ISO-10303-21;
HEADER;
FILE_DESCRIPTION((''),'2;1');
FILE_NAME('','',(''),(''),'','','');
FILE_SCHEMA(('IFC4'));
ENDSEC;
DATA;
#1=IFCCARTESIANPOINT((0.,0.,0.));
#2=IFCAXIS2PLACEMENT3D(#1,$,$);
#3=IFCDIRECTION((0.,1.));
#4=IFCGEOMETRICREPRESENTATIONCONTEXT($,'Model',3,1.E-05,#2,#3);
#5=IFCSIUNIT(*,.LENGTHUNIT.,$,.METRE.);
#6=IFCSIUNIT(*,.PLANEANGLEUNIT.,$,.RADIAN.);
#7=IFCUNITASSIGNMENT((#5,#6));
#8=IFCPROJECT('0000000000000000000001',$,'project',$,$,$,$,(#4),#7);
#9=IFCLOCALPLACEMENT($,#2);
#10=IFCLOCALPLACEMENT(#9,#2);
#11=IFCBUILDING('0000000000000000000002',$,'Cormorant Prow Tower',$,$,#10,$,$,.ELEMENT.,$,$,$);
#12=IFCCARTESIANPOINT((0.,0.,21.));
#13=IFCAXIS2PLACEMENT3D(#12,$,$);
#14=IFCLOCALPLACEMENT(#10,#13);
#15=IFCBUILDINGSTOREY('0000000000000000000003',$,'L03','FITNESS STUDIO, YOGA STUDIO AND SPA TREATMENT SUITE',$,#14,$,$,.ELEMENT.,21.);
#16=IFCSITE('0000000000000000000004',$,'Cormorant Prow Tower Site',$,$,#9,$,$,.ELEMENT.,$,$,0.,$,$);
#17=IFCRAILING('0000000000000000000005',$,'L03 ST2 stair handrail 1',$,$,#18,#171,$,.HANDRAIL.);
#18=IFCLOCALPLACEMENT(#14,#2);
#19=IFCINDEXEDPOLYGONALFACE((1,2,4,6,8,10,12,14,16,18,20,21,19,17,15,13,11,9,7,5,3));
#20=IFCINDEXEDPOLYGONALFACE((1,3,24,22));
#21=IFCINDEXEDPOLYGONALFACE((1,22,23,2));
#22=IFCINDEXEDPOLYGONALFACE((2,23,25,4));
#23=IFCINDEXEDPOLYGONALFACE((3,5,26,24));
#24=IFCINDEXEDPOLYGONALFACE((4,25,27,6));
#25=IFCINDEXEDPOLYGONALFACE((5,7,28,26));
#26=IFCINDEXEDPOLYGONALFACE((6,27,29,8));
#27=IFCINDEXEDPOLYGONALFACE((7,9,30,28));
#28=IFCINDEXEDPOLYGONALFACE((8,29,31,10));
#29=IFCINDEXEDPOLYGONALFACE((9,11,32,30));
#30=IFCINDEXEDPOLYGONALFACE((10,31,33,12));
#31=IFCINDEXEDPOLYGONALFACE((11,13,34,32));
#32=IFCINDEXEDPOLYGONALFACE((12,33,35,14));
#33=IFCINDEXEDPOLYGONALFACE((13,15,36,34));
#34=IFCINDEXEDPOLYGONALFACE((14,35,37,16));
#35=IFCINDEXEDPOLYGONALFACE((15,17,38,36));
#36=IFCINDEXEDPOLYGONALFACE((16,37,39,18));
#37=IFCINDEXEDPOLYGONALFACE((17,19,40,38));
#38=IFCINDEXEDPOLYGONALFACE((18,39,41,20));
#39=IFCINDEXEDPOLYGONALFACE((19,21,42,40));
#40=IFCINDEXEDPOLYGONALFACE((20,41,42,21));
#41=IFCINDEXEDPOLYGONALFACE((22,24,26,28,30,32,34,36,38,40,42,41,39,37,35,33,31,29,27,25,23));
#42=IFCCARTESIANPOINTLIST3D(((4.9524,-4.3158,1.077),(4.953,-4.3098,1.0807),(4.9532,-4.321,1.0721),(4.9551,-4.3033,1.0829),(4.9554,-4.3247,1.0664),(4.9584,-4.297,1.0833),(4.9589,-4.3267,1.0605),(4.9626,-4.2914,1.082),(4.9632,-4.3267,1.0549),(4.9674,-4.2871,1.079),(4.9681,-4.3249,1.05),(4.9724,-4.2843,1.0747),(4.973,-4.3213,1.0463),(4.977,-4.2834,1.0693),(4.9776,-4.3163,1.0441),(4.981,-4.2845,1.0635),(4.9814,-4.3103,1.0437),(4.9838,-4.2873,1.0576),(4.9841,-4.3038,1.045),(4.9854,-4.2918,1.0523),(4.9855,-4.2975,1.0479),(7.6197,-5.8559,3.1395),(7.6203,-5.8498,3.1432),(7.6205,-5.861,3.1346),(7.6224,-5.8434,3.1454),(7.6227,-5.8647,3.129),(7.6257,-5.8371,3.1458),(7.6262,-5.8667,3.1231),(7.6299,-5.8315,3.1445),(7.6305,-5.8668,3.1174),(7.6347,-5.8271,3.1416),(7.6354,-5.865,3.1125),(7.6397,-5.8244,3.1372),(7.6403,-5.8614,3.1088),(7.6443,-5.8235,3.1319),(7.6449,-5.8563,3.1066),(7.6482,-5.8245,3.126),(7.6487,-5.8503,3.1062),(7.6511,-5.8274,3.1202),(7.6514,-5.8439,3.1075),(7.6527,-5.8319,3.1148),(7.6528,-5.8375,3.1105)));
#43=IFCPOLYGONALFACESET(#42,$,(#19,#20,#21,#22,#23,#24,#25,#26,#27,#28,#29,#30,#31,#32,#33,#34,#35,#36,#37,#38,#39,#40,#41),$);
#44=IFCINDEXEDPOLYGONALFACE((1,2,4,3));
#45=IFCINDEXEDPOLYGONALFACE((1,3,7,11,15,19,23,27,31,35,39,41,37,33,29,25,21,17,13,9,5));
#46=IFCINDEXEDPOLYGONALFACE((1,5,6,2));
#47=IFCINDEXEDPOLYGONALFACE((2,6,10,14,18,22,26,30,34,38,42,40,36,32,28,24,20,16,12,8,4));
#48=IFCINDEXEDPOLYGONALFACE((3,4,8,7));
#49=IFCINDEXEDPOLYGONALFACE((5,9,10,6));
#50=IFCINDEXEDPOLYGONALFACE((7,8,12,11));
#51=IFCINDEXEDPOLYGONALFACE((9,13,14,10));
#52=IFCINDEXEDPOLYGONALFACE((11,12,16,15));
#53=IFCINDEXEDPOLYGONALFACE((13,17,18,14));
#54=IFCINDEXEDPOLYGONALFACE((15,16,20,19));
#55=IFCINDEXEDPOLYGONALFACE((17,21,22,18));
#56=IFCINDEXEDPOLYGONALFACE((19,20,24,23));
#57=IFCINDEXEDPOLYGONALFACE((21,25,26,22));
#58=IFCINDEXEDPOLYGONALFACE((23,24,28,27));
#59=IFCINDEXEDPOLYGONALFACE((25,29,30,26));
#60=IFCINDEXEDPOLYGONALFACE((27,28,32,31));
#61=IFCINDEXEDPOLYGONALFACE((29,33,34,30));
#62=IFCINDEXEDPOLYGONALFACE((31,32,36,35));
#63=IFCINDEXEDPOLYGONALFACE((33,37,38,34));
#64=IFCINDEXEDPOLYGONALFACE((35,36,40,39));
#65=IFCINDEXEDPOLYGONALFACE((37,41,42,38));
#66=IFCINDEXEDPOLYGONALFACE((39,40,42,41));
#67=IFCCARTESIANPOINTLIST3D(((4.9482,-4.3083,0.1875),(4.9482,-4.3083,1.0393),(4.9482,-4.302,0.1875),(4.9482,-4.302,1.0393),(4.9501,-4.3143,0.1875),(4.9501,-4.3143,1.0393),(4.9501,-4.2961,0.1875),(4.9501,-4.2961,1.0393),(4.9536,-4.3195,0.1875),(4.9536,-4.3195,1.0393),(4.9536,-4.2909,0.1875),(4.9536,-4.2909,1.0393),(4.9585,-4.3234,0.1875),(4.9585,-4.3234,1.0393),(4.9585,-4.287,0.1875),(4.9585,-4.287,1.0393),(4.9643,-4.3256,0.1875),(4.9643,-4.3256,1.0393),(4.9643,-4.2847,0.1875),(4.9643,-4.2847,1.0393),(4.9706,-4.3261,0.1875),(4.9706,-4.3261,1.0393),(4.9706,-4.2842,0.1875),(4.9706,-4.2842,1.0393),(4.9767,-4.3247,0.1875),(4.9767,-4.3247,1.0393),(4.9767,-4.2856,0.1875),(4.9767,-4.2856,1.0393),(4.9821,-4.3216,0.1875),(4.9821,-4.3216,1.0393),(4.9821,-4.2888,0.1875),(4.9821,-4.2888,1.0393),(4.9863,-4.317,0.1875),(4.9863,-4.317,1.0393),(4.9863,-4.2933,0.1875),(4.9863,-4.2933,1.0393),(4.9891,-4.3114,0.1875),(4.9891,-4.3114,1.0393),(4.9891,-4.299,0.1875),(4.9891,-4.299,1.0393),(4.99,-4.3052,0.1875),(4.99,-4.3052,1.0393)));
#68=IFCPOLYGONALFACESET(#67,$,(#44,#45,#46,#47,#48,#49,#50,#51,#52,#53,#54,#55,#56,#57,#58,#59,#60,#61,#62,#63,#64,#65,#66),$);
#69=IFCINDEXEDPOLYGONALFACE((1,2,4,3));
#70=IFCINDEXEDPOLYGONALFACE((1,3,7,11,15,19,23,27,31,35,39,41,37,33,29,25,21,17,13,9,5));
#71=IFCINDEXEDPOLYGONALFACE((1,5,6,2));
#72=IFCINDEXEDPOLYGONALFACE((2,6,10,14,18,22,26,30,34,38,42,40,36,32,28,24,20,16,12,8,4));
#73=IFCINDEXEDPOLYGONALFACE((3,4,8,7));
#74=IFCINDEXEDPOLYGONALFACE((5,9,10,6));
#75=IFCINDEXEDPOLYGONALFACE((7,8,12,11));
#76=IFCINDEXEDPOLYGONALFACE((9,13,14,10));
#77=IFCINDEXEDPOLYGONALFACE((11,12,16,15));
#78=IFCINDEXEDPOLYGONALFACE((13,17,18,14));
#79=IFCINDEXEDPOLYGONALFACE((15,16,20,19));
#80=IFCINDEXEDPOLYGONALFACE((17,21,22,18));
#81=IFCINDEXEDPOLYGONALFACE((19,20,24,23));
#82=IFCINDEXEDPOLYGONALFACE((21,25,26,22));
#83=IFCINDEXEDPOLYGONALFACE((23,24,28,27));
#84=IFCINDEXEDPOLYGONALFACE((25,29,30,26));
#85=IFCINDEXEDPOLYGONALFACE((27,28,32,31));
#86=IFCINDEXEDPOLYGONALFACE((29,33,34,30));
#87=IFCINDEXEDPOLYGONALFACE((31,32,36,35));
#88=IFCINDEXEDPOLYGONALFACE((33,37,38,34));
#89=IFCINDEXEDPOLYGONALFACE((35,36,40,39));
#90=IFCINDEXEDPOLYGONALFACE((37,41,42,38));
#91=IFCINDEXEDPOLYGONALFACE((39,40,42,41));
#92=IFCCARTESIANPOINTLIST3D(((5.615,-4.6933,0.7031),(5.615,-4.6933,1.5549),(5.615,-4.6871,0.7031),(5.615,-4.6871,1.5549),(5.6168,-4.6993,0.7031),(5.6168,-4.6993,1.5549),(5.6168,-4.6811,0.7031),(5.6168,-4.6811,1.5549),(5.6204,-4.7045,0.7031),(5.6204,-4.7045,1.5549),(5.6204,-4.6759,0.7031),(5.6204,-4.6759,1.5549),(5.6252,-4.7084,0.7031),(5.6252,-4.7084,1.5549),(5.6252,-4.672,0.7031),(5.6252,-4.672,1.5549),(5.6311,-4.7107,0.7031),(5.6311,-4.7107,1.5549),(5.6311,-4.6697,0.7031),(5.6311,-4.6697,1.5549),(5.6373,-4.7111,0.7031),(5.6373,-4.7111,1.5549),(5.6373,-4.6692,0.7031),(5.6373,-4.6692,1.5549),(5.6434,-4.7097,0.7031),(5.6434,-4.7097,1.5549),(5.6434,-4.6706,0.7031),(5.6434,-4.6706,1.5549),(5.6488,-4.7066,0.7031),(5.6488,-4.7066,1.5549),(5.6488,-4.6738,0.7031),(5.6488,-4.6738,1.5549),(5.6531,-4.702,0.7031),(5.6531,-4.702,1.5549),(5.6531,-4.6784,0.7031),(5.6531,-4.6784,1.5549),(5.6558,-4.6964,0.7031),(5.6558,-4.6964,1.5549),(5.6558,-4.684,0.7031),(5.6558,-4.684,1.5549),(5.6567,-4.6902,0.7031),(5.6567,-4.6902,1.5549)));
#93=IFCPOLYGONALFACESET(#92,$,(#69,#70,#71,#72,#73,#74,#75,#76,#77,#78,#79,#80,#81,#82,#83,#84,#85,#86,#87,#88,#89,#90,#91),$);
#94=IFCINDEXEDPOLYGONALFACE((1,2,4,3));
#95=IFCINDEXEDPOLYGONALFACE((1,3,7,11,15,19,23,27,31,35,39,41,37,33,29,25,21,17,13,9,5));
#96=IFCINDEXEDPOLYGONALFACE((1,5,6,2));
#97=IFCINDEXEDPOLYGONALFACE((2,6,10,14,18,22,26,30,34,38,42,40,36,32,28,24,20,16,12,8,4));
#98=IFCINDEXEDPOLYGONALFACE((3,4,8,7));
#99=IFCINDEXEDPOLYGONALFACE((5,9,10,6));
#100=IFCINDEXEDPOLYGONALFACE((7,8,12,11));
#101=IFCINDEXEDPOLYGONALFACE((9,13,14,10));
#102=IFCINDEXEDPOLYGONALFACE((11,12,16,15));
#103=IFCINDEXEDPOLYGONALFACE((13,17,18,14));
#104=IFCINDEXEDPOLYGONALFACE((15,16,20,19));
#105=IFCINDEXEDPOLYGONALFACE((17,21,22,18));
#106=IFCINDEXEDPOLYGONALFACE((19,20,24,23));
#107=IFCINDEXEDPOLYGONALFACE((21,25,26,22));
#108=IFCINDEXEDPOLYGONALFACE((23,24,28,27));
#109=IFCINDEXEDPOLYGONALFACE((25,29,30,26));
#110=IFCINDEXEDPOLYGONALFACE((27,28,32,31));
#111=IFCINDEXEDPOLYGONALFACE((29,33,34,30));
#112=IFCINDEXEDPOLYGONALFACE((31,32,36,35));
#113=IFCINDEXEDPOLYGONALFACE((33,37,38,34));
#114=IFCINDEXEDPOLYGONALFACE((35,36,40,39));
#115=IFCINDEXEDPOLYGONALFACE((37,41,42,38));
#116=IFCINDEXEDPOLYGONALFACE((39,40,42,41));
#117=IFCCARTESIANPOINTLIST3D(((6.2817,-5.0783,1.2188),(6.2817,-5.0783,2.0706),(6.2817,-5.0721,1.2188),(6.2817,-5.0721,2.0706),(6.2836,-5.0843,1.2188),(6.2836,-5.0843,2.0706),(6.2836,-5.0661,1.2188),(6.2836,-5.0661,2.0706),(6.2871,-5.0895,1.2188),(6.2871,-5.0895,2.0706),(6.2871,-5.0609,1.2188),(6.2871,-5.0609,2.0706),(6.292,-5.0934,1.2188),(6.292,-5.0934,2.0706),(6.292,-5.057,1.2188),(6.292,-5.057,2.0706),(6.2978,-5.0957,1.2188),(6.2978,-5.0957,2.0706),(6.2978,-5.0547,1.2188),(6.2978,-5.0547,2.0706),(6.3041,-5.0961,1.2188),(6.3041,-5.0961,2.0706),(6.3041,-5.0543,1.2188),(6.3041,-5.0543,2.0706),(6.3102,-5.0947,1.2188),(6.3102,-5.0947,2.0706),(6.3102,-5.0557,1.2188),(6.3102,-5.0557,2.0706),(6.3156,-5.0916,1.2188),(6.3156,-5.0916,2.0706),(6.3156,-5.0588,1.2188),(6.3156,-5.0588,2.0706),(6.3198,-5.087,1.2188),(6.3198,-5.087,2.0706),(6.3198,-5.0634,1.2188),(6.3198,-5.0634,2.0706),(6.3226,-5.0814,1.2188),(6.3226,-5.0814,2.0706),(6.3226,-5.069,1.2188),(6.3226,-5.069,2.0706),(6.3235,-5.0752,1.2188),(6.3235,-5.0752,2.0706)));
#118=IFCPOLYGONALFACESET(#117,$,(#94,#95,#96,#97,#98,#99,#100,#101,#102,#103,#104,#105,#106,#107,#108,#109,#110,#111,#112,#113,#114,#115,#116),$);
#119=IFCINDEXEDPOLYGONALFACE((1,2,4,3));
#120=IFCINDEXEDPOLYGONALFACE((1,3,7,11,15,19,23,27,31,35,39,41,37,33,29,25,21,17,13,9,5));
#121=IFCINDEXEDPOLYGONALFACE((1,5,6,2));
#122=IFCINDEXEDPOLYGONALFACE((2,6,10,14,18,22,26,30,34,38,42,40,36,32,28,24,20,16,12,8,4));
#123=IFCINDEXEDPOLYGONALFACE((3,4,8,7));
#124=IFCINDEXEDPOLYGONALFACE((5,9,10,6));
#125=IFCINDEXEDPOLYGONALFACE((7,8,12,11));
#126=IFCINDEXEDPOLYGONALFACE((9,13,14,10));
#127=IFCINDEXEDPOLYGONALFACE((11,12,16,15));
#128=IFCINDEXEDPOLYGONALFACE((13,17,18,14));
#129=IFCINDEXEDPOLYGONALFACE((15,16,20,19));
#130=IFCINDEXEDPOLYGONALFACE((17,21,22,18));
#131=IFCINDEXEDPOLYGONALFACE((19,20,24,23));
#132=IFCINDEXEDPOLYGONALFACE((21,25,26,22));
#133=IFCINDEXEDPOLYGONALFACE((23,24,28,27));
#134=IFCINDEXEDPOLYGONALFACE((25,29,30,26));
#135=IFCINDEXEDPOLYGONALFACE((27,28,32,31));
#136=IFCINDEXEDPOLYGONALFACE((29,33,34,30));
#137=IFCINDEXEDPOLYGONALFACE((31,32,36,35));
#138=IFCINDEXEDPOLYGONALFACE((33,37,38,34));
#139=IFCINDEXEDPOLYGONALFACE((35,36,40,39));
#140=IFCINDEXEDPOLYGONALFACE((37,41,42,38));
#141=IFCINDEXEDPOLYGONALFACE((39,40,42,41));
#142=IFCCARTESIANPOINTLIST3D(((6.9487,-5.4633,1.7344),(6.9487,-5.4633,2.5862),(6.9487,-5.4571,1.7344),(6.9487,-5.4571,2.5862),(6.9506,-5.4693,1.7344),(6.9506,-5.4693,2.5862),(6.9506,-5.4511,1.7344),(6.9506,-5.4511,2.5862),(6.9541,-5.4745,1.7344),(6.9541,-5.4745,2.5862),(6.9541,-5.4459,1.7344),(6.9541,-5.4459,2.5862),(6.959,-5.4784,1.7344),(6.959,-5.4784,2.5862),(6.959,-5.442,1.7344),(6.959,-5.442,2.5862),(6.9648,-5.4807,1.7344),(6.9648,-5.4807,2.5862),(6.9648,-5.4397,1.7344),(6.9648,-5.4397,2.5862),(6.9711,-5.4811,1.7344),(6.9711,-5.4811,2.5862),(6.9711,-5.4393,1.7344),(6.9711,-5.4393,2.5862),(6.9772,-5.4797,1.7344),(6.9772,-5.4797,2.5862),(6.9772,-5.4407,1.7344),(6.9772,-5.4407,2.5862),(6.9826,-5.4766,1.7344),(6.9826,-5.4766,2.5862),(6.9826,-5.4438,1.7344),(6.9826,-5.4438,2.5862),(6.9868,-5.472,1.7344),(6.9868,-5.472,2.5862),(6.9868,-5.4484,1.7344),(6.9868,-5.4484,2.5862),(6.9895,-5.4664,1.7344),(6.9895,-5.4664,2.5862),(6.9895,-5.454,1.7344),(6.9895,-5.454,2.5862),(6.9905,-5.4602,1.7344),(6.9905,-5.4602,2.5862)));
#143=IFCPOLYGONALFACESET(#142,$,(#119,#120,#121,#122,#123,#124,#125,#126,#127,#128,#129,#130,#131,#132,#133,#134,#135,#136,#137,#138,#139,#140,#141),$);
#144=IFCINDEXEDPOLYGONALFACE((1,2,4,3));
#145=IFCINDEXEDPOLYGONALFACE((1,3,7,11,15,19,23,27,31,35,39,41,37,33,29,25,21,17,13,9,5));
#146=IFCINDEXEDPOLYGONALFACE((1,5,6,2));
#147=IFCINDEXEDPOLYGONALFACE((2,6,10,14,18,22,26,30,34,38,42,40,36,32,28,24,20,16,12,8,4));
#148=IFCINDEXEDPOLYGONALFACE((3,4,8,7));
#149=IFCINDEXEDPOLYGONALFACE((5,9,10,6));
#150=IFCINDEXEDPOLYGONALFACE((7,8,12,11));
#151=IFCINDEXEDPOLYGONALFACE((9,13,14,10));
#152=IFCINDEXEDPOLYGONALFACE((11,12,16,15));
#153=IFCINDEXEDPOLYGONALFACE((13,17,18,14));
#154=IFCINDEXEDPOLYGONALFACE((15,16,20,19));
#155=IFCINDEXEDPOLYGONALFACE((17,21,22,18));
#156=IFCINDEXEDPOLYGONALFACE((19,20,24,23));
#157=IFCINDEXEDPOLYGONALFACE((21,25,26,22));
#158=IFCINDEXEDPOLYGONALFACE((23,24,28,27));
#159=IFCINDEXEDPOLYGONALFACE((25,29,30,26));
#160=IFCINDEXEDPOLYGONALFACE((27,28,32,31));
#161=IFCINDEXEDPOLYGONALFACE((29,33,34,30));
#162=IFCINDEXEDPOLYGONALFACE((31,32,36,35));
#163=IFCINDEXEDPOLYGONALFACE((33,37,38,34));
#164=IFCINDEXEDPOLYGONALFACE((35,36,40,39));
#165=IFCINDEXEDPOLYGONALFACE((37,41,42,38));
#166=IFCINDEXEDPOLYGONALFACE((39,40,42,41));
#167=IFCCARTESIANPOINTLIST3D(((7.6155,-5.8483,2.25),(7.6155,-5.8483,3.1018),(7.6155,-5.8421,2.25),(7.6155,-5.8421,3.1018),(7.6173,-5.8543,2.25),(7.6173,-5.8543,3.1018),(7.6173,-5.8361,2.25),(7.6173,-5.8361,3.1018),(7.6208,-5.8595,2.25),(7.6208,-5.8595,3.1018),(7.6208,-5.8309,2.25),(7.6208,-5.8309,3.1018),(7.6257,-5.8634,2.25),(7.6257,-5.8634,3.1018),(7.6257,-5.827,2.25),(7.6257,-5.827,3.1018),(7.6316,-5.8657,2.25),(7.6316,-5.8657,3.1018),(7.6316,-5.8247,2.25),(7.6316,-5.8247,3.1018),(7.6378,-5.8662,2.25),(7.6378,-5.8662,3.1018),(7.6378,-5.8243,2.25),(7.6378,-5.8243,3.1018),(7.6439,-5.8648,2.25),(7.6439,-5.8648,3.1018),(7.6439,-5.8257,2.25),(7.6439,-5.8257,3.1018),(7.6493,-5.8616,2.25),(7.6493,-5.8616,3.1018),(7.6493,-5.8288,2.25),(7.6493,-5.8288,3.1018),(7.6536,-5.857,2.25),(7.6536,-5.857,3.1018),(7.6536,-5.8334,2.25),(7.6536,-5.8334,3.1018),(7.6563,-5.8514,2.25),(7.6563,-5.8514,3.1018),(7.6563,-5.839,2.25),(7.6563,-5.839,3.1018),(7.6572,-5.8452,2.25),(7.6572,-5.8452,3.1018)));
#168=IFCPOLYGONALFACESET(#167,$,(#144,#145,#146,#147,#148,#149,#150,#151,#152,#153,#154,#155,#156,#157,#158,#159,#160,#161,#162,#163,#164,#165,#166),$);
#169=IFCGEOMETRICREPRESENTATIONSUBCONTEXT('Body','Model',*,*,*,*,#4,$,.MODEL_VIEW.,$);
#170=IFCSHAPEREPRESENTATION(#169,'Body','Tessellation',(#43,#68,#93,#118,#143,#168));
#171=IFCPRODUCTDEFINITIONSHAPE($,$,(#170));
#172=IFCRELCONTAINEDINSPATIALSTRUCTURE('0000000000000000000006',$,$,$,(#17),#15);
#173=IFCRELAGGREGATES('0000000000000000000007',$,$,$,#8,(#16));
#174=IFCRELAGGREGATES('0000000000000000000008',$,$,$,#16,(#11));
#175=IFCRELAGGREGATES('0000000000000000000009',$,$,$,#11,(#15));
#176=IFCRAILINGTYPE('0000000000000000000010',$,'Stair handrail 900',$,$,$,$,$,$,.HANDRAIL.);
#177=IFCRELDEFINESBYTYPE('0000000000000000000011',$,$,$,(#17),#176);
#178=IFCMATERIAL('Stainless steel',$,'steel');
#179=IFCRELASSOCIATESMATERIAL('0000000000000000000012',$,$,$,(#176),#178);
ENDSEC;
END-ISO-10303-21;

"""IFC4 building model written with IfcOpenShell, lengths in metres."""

from ifc_helpers import new_model, si_unit, direction, frame, origin, origin_2d, place, context, subcontext, project, spatial, circle, extrude, material, type_object, element, save


model = new_model("IFC4")

# Units and contexts
model_context = context("Model", 3, precision=1e-05, world=origin(), true_north=direction((0.0, 1.0)))
body_context = subcontext(model_context, "Body", "Model", "MODEL_VIEW")
ifc_project = project(units=[si_unit("LENGTHUNIT", "METRE"), si_unit("PLANEANGLEUNIT", "RADIAN")], contexts=[model_context])

# Site, building, storey
site_placement = place(None, origin())
site = spatial("IfcSite", under=ifc_project, at=site_placement, Name="Cormorant Prow Tower Site", CompositionType="ELEMENT", RefElevation=0.0)
building_placement = place(site_placement, origin())
building = spatial("IfcBuilding", under=site, at=building_placement, Name="Cormorant Prow Tower", CompositionType="ELEMENT")
storey_placement = place(building_placement, frame((0.0, 0.0, 21.0)))
storey = spatial("IfcBuildingStorey", under=building, at=storey_placement, Name="L03", Description="FITNESS STUDIO, YOGA STUDIO AND SPA TREATMENT SUITE", CompositionType="ELEMENT", Elevation=21.0)

# Railing
ifc_material_1 = material(Name="Stainless steel", Category="steel")
railing_type_1 = type_object("IfcRailingType", Name="Stair handrail 900", PredefinedType="HANDRAIL", material=ifc_material_1)
railing_1_placement = place(storey_placement, frame((4.969, -4.3052, 0.1875)))
element("IfcRailing", 1, at=railing_1_placement, inside=storey, type_object=railing_type_1, Name="L03 ST2 stair handrail 1", PredefinedType="HANDRAIL", context=body_context, shape_type="SweptSolid", body=[
    extrude(circle(Radius=0.0239, at=origin_2d()), frame((0.0, 0.0, 0.876), z_axis=(0.719568, -0.415472, 0.556422), x_axis=(0.500027, 0.86601, 0.0)), (0.0, 0.0, 1.0), 3.7068),
    extrude(circle(Radius=0.021, at=origin_2d()), origin(), (0.0, 0.0, 1.0), 0.8518),
    extrude(circle(Radius=0.021, at=origin_2d()), frame((0.6667, -0.385, 0.5156)), (0.0, 0.0, 1.0), 0.8518),
    extrude(circle(Radius=0.021, at=origin_2d()), frame((1.3335, -0.77, 1.0312)), (0.0, 0.0, 1.0), 0.8518),
    extrude(circle(Radius=0.021, at=origin_2d()), frame((2.0005, -1.155, 1.5469)), (0.0, 0.0, 1.0), 0.8518),
    extrude(circle(Radius=0.021, at=origin_2d()), frame((2.6672, -1.54, 2.0625)), (0.0, 0.0, 1.0), 0.8518),
])

save(model, "model.ifc")
